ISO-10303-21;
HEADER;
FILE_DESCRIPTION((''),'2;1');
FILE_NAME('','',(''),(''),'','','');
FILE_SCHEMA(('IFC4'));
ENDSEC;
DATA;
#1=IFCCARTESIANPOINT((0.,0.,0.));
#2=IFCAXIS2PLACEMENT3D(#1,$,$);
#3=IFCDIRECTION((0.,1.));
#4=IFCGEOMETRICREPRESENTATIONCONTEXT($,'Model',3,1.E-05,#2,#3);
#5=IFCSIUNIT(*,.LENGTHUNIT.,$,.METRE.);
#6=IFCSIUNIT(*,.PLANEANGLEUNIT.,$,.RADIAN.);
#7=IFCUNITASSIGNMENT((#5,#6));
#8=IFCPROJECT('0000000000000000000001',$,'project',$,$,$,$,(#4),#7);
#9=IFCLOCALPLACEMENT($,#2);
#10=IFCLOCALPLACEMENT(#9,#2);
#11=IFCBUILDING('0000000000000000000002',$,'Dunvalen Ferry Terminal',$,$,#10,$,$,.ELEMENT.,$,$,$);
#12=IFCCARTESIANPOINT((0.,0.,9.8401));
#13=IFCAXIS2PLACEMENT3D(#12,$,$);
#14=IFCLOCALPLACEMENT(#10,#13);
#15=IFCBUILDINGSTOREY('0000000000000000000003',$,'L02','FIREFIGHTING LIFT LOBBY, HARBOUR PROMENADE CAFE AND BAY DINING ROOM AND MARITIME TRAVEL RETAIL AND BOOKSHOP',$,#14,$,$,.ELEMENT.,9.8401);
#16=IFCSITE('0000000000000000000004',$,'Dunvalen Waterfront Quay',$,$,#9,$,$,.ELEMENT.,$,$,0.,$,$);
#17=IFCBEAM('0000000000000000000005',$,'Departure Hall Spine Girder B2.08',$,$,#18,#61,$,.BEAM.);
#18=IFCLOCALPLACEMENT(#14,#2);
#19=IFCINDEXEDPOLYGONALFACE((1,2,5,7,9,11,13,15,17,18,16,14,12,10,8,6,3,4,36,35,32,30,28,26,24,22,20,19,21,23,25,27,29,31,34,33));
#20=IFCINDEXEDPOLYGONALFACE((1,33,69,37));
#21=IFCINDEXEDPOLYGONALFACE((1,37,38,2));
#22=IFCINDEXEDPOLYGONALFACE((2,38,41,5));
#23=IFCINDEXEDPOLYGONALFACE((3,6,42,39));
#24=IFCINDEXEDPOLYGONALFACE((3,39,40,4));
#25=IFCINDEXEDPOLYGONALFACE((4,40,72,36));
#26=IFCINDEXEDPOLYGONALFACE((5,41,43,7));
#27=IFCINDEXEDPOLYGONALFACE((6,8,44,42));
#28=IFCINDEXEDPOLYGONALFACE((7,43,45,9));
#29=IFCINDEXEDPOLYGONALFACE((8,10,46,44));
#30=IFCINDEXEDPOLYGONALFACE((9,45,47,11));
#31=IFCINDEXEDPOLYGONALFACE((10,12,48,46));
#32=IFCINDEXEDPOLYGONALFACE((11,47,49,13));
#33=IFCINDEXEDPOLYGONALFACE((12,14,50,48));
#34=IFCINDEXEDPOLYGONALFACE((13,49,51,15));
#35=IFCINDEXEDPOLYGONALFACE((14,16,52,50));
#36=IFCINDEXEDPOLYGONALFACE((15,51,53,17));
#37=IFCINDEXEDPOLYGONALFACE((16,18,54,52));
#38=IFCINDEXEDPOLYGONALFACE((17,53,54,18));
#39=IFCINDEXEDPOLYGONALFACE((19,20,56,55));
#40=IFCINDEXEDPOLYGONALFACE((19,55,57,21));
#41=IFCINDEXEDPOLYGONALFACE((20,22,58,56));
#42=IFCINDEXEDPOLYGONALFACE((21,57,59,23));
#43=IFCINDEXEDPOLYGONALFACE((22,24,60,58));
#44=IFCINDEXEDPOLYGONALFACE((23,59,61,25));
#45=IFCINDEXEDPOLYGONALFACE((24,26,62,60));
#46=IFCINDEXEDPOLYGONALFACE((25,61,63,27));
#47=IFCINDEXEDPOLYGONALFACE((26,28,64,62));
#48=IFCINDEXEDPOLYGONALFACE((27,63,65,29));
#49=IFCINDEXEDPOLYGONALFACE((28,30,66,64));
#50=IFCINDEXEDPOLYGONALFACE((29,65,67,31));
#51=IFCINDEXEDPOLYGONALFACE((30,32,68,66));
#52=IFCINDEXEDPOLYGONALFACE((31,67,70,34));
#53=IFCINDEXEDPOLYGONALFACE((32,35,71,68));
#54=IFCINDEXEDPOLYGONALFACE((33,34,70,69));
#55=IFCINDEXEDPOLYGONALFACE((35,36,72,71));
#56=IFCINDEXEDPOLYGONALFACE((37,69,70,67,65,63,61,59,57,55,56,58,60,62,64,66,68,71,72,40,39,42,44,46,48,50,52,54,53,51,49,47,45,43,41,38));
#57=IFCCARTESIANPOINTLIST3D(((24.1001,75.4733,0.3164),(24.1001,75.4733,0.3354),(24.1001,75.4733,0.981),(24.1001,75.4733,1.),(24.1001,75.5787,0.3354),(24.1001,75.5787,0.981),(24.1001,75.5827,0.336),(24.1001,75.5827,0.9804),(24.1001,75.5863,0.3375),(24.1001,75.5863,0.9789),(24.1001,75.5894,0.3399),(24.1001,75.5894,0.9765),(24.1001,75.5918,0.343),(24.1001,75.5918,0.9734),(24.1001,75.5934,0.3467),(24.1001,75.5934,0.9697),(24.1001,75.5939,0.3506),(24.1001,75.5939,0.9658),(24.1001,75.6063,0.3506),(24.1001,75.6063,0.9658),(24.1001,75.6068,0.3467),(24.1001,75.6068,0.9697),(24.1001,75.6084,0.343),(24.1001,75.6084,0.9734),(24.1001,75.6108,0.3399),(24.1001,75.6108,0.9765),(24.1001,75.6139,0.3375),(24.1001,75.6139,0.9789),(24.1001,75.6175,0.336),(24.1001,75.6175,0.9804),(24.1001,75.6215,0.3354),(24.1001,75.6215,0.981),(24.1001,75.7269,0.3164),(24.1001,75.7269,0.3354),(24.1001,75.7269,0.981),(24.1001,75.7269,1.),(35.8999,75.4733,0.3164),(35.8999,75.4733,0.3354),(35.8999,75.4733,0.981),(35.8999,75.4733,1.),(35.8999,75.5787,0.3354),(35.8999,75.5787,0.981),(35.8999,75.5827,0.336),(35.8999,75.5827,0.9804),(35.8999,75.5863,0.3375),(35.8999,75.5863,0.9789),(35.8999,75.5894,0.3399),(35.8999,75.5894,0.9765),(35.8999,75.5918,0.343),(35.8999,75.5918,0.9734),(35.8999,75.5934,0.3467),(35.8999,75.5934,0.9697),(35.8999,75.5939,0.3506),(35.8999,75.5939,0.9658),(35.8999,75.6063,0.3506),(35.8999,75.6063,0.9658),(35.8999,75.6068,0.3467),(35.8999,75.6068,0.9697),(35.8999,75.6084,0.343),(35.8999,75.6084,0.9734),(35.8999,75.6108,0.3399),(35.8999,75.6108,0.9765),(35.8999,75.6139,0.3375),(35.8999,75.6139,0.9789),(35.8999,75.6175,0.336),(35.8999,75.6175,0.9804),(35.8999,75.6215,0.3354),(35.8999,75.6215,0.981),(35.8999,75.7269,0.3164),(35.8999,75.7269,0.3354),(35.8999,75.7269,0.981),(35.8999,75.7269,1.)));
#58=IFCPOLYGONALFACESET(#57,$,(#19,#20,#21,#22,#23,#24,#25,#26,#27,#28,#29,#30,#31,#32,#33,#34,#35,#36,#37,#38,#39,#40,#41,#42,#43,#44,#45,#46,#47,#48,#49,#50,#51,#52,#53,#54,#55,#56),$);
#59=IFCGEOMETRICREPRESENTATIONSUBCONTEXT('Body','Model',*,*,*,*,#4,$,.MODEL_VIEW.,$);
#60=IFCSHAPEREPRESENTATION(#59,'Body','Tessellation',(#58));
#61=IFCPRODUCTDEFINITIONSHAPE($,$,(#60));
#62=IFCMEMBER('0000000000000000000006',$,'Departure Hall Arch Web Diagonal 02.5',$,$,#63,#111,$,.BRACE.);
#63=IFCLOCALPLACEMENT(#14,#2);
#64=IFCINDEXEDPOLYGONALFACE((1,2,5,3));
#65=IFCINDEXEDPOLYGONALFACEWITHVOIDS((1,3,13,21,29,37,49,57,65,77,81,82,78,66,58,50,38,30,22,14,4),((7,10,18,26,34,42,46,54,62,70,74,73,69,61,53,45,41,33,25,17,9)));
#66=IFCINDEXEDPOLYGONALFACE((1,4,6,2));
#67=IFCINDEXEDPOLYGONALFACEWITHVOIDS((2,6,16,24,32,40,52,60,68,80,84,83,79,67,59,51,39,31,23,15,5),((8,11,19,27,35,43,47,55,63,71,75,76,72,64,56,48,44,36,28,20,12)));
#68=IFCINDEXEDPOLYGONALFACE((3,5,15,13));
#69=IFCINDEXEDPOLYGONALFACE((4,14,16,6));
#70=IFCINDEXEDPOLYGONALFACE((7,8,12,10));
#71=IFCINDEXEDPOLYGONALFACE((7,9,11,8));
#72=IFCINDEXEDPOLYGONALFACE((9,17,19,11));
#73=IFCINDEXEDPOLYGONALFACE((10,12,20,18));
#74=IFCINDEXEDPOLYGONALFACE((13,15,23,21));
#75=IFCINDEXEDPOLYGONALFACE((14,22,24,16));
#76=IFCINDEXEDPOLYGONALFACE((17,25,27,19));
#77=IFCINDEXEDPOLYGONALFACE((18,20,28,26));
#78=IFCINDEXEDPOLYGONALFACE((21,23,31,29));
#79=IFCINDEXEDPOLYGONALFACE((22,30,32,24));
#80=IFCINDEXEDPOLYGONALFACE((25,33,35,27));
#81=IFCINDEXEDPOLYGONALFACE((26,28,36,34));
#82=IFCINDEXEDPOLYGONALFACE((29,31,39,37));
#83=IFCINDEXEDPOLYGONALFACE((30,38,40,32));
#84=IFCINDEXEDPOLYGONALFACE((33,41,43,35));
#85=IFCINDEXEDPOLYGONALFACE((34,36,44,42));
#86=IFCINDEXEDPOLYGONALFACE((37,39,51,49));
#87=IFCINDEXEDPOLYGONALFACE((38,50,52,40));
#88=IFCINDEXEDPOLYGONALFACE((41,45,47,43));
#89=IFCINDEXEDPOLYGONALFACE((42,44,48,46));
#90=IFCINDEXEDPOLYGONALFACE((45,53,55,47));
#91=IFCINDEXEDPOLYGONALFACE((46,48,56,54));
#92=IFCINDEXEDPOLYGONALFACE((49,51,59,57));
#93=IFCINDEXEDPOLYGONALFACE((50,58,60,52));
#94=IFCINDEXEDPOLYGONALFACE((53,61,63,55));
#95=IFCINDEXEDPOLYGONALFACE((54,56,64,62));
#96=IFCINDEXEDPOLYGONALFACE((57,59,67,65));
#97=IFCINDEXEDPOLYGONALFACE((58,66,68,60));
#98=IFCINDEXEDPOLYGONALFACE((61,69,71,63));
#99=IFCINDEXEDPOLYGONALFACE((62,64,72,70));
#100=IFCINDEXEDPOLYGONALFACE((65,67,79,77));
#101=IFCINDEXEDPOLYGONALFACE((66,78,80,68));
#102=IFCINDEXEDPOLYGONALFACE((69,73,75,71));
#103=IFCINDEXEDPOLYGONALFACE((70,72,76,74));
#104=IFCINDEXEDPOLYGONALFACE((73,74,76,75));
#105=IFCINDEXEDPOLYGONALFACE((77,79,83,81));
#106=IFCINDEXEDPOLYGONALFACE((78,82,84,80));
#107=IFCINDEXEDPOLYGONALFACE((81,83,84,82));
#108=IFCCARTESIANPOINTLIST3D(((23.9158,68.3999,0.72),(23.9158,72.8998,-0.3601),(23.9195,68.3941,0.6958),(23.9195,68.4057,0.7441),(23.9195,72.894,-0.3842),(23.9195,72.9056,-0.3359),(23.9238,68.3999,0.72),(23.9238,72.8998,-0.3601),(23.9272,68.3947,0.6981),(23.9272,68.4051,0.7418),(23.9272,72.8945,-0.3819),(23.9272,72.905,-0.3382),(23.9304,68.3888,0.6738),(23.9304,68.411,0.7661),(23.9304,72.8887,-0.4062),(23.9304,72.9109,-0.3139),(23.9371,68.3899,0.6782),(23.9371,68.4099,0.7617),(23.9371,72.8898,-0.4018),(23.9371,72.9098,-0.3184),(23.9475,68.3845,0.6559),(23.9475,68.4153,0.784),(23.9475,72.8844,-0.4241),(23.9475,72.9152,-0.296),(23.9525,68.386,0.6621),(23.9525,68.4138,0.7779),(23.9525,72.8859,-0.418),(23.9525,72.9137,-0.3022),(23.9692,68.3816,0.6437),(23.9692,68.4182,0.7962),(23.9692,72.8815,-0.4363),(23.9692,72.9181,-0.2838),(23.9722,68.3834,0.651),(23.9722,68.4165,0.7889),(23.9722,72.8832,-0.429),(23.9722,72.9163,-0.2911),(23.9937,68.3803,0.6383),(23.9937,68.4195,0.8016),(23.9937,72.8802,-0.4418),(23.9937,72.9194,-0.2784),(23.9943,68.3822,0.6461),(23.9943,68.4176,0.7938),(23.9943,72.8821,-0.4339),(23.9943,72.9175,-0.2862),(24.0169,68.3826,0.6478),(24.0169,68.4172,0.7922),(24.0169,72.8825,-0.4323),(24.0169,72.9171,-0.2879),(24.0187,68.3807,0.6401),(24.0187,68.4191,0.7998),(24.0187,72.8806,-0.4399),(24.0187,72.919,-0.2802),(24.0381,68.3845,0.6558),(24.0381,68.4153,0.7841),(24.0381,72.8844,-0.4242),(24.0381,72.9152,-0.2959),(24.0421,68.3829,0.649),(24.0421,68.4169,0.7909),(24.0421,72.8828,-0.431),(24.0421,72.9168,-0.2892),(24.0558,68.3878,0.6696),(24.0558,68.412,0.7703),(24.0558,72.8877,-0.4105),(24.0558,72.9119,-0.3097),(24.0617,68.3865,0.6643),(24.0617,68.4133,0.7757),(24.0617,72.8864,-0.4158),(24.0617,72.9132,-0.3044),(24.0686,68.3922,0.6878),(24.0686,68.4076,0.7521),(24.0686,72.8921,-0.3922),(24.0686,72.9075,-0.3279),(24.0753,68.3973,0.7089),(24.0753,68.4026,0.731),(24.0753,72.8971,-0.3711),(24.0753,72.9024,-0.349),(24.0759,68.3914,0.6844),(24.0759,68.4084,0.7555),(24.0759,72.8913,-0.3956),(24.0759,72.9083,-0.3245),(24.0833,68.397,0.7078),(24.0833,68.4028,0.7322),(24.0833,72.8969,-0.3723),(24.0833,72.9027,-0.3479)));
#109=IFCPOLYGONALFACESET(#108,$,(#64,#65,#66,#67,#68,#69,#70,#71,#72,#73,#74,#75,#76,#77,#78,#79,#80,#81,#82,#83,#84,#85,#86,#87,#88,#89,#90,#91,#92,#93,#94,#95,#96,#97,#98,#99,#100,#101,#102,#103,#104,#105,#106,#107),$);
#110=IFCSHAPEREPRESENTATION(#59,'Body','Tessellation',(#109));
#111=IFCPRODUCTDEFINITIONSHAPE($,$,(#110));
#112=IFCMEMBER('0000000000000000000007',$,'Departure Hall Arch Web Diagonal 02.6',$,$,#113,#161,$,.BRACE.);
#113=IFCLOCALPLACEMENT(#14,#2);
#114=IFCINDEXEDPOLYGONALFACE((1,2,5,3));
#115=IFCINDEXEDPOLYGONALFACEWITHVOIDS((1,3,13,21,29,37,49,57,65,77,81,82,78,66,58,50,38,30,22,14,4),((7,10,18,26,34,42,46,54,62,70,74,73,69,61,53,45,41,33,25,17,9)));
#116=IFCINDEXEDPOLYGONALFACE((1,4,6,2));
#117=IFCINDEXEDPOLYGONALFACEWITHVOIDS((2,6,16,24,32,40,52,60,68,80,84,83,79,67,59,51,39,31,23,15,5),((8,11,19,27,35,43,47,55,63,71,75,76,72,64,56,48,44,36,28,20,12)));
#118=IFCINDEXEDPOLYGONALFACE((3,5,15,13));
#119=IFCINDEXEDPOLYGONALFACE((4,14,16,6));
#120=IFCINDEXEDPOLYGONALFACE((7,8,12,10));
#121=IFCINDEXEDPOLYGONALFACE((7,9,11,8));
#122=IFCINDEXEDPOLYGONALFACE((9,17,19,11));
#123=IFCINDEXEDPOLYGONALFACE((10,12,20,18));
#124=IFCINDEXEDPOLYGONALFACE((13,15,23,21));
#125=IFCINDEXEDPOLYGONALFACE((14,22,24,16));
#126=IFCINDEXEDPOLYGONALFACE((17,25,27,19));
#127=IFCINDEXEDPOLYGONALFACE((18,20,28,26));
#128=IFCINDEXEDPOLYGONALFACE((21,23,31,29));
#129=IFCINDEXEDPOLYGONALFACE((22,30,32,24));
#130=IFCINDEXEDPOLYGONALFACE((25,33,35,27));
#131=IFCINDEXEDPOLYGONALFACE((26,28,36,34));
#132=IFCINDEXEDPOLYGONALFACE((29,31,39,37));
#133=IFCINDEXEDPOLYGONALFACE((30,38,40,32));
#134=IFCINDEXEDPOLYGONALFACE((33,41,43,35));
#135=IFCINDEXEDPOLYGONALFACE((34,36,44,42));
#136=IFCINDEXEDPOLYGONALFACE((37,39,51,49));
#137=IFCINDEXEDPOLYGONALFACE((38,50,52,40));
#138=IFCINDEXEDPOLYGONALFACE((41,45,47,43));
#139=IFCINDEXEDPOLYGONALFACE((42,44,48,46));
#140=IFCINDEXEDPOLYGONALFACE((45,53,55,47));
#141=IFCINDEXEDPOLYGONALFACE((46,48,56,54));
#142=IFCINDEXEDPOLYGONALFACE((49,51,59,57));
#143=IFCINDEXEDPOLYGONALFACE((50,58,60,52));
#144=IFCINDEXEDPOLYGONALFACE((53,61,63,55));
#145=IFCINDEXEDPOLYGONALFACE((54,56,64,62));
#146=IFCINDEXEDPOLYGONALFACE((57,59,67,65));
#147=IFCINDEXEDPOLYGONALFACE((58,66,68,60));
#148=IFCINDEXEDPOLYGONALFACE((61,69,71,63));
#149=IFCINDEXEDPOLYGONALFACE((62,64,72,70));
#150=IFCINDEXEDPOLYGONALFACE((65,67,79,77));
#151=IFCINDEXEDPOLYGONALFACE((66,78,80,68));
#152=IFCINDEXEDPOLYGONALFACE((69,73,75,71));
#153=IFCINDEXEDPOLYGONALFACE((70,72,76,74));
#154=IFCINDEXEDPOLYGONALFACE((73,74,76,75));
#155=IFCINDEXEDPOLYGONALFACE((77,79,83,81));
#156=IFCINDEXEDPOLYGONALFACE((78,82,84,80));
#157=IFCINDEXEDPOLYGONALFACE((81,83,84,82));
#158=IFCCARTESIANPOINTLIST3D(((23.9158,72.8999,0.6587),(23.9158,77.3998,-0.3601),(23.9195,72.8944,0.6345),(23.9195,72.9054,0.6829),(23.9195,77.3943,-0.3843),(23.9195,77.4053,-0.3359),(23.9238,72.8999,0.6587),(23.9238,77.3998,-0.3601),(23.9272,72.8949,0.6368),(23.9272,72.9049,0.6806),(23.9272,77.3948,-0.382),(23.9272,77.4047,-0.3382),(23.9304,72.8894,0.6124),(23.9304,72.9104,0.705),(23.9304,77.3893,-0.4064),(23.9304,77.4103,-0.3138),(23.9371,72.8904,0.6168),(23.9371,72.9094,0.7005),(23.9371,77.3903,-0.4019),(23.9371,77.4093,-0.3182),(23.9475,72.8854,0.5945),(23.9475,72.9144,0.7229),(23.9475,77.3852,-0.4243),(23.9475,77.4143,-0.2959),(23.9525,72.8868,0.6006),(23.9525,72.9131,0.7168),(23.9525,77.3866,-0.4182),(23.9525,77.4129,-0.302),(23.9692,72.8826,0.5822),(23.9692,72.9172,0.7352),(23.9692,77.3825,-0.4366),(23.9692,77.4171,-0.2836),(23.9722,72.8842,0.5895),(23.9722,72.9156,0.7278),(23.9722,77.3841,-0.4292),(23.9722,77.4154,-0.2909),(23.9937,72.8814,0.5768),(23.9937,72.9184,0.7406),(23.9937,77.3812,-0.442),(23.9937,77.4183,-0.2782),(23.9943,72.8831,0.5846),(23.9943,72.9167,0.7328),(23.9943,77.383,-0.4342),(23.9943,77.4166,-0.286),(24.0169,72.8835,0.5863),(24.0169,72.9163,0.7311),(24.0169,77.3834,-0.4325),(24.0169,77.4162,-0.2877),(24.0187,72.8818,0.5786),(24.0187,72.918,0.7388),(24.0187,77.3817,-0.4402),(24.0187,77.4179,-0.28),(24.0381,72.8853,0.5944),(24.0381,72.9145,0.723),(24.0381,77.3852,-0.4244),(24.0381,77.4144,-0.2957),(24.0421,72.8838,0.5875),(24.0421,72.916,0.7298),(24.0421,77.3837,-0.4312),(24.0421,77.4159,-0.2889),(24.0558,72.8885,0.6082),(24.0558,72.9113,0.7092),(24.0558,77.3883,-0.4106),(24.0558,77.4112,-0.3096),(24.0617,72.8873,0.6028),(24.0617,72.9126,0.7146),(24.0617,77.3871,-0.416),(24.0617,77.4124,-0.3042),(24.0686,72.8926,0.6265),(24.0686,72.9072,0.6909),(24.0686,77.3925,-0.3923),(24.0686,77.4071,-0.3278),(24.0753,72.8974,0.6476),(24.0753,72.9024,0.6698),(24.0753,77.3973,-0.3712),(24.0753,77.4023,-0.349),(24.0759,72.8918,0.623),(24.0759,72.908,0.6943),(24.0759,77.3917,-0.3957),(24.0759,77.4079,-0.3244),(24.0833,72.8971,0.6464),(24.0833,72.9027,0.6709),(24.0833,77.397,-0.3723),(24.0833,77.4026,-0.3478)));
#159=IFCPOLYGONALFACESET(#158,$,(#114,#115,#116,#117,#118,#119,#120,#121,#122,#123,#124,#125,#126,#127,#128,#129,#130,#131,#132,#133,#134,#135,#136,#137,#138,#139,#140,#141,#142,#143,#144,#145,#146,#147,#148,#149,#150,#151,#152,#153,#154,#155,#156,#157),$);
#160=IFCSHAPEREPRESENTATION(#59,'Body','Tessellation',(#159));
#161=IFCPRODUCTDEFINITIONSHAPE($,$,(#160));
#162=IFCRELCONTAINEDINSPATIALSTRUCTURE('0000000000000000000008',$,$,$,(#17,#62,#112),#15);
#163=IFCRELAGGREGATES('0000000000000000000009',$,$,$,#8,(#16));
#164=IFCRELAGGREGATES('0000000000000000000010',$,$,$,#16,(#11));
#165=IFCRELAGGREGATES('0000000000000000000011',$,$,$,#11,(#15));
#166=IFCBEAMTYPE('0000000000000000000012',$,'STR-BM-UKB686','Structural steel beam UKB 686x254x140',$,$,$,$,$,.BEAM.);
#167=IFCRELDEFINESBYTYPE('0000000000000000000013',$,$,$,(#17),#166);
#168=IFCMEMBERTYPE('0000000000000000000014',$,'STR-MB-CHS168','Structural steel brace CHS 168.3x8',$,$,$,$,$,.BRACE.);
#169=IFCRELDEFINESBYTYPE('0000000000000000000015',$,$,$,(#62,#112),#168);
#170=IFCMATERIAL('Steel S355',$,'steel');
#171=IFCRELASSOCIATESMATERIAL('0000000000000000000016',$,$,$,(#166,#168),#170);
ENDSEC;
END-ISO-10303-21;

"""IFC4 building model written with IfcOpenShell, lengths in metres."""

from ifc_helpers import new_model, si_unit, direction, frame, origin, origin_2d, place, context, subcontext, project, spatial, hollow_circle, i_section, extrude, material, material_profile, profile_set, type_object, element, save


model = new_model("IFC4")

# Units and contexts
model_context = context("Model", 3, precision=1e-05, world=origin(), true_north=direction((0.0, 1.0)))
body_context = subcontext(model_context, "Body", "Model", "MODEL_VIEW")
ifc_project = project(units=[si_unit("LENGTHUNIT", "METRE"), si_unit("PLANEANGLEUNIT", "RADIAN")], contexts=[model_context])

# Site, building, storey
site_placement = place(None, origin())
site = spatial("IfcSite", under=ifc_project, at=site_placement, Name="Dunvalen Waterfront Quay", CompositionType="ELEMENT", RefElevation=0.0)
building_placement = place(site_placement, origin())
building = spatial("IfcBuilding", under=site, at=building_placement, Name="Dunvalen Ferry Terminal", CompositionType="ELEMENT")
storey_placement = place(building_placement, frame((0.0, 0.0, 9.8401)))
storey = spatial("IfcBuildingStorey", under=building, at=storey_placement, Name="L02", Description="FIREFIGHTING LIFT LOBBY, HARBOUR PROMENADE CAFE AND BAY DINING ROOM AND MARITIME TRAVEL RETAIL AND BOOKSHOP", CompositionType="ELEMENT", Elevation=9.8401)

# Beam
ifc_material_1 = material(Name="Steel S355", Category="steel")
ifc_material_profile_1 = material_profile(ifc_material_1, i_section(OverallWidth=0.2537, OverallDepth=0.6836, WebThickness=0.0125, FlangeThickness=0.019, FilletRadius=0.0151, at=origin_2d()), Name="Steel S355")
ifc_profile_set_1 = profile_set([ifc_material_profile_1], Name="Steel S355")
beam_type_1 = type_object("IfcBeamType", Name="STR-BM-UKB686", Description="Structural steel beam UKB 686x254x140", PredefinedType="BEAM", material=ifc_profile_set_1)
beam_1_placement = place(storey_placement, frame((24.1001, 75.6001, 0.6582), z_axis=(1.0, 0.0, 0.0), x_axis=(0.0, 1.0, 0.0)))
element("IfcBeam", 1, at=beam_1_placement, inside=storey, type_object=beam_type_1, Name="Departure Hall Spine Girder B2.08", PredefinedType="BEAM", context=body_context, shape_type="SweptSolid", body=[
    extrude(i_section(OverallWidth=0.2537, OverallDepth=0.6836, WebThickness=0.0125, FlangeThickness=0.019, FilletRadius=0.0151, at=origin_2d()), origin(), (0.0, 0.0, 1.0), 11.7998),
])

# Members
ifc_material_profile_2 = material_profile(ifc_material_1, hollow_circle(Radius=0.0842, WallThickness=0.0081, at=origin_2d()), Name="Steel S355")
ifc_profile_set_2 = profile_set([ifc_material_profile_2], Name="Steel S355")
member_type_1 = type_object("IfcMemberType", Name="STR-MB-CHS168", Description="Structural steel brace CHS 168.3x8", PredefinedType="BRACE", material=ifc_profile_set_2)
member_1_placement = place(storey_placement, frame((24.0, 68.3999, 0.72), z_axis=(0.0, 0.972383, -0.233389), x_axis=(-1.0, 0.0, 0.0)))
element("IfcMember", 2, at=member_1_placement, inside=storey, type_object=member_type_1, Name="Departure Hall Arch Web Diagonal 02.5", PredefinedType="BRACE", context=body_context, shape_type="SweptSolid", body=[
    extrude(hollow_circle(Radius=0.0842, WallThickness=0.0081, at=origin_2d()), origin(), (0.0, 0.0, 1.0), 4.6277),
])
member_2_placement = place(storey_placement, frame((24.0, 72.8999, 0.6587), z_axis=(0.0, 0.975317, -0.220811), x_axis=(-1.0, 0.0, 0.0)))
element("IfcMember", 3, at=member_2_placement, inside=storey, type_object=member_type_1, Name="Departure Hall Arch Web Diagonal 02.6", PredefinedType="BRACE", context=body_context, shape_type="SweptSolid", body=[
    extrude(hollow_circle(Radius=0.0842, WallThickness=0.0081, at=origin_2d()), origin(), (0.0, 0.0, 1.0), 4.6138),
])

save(model, "model.ifc")
